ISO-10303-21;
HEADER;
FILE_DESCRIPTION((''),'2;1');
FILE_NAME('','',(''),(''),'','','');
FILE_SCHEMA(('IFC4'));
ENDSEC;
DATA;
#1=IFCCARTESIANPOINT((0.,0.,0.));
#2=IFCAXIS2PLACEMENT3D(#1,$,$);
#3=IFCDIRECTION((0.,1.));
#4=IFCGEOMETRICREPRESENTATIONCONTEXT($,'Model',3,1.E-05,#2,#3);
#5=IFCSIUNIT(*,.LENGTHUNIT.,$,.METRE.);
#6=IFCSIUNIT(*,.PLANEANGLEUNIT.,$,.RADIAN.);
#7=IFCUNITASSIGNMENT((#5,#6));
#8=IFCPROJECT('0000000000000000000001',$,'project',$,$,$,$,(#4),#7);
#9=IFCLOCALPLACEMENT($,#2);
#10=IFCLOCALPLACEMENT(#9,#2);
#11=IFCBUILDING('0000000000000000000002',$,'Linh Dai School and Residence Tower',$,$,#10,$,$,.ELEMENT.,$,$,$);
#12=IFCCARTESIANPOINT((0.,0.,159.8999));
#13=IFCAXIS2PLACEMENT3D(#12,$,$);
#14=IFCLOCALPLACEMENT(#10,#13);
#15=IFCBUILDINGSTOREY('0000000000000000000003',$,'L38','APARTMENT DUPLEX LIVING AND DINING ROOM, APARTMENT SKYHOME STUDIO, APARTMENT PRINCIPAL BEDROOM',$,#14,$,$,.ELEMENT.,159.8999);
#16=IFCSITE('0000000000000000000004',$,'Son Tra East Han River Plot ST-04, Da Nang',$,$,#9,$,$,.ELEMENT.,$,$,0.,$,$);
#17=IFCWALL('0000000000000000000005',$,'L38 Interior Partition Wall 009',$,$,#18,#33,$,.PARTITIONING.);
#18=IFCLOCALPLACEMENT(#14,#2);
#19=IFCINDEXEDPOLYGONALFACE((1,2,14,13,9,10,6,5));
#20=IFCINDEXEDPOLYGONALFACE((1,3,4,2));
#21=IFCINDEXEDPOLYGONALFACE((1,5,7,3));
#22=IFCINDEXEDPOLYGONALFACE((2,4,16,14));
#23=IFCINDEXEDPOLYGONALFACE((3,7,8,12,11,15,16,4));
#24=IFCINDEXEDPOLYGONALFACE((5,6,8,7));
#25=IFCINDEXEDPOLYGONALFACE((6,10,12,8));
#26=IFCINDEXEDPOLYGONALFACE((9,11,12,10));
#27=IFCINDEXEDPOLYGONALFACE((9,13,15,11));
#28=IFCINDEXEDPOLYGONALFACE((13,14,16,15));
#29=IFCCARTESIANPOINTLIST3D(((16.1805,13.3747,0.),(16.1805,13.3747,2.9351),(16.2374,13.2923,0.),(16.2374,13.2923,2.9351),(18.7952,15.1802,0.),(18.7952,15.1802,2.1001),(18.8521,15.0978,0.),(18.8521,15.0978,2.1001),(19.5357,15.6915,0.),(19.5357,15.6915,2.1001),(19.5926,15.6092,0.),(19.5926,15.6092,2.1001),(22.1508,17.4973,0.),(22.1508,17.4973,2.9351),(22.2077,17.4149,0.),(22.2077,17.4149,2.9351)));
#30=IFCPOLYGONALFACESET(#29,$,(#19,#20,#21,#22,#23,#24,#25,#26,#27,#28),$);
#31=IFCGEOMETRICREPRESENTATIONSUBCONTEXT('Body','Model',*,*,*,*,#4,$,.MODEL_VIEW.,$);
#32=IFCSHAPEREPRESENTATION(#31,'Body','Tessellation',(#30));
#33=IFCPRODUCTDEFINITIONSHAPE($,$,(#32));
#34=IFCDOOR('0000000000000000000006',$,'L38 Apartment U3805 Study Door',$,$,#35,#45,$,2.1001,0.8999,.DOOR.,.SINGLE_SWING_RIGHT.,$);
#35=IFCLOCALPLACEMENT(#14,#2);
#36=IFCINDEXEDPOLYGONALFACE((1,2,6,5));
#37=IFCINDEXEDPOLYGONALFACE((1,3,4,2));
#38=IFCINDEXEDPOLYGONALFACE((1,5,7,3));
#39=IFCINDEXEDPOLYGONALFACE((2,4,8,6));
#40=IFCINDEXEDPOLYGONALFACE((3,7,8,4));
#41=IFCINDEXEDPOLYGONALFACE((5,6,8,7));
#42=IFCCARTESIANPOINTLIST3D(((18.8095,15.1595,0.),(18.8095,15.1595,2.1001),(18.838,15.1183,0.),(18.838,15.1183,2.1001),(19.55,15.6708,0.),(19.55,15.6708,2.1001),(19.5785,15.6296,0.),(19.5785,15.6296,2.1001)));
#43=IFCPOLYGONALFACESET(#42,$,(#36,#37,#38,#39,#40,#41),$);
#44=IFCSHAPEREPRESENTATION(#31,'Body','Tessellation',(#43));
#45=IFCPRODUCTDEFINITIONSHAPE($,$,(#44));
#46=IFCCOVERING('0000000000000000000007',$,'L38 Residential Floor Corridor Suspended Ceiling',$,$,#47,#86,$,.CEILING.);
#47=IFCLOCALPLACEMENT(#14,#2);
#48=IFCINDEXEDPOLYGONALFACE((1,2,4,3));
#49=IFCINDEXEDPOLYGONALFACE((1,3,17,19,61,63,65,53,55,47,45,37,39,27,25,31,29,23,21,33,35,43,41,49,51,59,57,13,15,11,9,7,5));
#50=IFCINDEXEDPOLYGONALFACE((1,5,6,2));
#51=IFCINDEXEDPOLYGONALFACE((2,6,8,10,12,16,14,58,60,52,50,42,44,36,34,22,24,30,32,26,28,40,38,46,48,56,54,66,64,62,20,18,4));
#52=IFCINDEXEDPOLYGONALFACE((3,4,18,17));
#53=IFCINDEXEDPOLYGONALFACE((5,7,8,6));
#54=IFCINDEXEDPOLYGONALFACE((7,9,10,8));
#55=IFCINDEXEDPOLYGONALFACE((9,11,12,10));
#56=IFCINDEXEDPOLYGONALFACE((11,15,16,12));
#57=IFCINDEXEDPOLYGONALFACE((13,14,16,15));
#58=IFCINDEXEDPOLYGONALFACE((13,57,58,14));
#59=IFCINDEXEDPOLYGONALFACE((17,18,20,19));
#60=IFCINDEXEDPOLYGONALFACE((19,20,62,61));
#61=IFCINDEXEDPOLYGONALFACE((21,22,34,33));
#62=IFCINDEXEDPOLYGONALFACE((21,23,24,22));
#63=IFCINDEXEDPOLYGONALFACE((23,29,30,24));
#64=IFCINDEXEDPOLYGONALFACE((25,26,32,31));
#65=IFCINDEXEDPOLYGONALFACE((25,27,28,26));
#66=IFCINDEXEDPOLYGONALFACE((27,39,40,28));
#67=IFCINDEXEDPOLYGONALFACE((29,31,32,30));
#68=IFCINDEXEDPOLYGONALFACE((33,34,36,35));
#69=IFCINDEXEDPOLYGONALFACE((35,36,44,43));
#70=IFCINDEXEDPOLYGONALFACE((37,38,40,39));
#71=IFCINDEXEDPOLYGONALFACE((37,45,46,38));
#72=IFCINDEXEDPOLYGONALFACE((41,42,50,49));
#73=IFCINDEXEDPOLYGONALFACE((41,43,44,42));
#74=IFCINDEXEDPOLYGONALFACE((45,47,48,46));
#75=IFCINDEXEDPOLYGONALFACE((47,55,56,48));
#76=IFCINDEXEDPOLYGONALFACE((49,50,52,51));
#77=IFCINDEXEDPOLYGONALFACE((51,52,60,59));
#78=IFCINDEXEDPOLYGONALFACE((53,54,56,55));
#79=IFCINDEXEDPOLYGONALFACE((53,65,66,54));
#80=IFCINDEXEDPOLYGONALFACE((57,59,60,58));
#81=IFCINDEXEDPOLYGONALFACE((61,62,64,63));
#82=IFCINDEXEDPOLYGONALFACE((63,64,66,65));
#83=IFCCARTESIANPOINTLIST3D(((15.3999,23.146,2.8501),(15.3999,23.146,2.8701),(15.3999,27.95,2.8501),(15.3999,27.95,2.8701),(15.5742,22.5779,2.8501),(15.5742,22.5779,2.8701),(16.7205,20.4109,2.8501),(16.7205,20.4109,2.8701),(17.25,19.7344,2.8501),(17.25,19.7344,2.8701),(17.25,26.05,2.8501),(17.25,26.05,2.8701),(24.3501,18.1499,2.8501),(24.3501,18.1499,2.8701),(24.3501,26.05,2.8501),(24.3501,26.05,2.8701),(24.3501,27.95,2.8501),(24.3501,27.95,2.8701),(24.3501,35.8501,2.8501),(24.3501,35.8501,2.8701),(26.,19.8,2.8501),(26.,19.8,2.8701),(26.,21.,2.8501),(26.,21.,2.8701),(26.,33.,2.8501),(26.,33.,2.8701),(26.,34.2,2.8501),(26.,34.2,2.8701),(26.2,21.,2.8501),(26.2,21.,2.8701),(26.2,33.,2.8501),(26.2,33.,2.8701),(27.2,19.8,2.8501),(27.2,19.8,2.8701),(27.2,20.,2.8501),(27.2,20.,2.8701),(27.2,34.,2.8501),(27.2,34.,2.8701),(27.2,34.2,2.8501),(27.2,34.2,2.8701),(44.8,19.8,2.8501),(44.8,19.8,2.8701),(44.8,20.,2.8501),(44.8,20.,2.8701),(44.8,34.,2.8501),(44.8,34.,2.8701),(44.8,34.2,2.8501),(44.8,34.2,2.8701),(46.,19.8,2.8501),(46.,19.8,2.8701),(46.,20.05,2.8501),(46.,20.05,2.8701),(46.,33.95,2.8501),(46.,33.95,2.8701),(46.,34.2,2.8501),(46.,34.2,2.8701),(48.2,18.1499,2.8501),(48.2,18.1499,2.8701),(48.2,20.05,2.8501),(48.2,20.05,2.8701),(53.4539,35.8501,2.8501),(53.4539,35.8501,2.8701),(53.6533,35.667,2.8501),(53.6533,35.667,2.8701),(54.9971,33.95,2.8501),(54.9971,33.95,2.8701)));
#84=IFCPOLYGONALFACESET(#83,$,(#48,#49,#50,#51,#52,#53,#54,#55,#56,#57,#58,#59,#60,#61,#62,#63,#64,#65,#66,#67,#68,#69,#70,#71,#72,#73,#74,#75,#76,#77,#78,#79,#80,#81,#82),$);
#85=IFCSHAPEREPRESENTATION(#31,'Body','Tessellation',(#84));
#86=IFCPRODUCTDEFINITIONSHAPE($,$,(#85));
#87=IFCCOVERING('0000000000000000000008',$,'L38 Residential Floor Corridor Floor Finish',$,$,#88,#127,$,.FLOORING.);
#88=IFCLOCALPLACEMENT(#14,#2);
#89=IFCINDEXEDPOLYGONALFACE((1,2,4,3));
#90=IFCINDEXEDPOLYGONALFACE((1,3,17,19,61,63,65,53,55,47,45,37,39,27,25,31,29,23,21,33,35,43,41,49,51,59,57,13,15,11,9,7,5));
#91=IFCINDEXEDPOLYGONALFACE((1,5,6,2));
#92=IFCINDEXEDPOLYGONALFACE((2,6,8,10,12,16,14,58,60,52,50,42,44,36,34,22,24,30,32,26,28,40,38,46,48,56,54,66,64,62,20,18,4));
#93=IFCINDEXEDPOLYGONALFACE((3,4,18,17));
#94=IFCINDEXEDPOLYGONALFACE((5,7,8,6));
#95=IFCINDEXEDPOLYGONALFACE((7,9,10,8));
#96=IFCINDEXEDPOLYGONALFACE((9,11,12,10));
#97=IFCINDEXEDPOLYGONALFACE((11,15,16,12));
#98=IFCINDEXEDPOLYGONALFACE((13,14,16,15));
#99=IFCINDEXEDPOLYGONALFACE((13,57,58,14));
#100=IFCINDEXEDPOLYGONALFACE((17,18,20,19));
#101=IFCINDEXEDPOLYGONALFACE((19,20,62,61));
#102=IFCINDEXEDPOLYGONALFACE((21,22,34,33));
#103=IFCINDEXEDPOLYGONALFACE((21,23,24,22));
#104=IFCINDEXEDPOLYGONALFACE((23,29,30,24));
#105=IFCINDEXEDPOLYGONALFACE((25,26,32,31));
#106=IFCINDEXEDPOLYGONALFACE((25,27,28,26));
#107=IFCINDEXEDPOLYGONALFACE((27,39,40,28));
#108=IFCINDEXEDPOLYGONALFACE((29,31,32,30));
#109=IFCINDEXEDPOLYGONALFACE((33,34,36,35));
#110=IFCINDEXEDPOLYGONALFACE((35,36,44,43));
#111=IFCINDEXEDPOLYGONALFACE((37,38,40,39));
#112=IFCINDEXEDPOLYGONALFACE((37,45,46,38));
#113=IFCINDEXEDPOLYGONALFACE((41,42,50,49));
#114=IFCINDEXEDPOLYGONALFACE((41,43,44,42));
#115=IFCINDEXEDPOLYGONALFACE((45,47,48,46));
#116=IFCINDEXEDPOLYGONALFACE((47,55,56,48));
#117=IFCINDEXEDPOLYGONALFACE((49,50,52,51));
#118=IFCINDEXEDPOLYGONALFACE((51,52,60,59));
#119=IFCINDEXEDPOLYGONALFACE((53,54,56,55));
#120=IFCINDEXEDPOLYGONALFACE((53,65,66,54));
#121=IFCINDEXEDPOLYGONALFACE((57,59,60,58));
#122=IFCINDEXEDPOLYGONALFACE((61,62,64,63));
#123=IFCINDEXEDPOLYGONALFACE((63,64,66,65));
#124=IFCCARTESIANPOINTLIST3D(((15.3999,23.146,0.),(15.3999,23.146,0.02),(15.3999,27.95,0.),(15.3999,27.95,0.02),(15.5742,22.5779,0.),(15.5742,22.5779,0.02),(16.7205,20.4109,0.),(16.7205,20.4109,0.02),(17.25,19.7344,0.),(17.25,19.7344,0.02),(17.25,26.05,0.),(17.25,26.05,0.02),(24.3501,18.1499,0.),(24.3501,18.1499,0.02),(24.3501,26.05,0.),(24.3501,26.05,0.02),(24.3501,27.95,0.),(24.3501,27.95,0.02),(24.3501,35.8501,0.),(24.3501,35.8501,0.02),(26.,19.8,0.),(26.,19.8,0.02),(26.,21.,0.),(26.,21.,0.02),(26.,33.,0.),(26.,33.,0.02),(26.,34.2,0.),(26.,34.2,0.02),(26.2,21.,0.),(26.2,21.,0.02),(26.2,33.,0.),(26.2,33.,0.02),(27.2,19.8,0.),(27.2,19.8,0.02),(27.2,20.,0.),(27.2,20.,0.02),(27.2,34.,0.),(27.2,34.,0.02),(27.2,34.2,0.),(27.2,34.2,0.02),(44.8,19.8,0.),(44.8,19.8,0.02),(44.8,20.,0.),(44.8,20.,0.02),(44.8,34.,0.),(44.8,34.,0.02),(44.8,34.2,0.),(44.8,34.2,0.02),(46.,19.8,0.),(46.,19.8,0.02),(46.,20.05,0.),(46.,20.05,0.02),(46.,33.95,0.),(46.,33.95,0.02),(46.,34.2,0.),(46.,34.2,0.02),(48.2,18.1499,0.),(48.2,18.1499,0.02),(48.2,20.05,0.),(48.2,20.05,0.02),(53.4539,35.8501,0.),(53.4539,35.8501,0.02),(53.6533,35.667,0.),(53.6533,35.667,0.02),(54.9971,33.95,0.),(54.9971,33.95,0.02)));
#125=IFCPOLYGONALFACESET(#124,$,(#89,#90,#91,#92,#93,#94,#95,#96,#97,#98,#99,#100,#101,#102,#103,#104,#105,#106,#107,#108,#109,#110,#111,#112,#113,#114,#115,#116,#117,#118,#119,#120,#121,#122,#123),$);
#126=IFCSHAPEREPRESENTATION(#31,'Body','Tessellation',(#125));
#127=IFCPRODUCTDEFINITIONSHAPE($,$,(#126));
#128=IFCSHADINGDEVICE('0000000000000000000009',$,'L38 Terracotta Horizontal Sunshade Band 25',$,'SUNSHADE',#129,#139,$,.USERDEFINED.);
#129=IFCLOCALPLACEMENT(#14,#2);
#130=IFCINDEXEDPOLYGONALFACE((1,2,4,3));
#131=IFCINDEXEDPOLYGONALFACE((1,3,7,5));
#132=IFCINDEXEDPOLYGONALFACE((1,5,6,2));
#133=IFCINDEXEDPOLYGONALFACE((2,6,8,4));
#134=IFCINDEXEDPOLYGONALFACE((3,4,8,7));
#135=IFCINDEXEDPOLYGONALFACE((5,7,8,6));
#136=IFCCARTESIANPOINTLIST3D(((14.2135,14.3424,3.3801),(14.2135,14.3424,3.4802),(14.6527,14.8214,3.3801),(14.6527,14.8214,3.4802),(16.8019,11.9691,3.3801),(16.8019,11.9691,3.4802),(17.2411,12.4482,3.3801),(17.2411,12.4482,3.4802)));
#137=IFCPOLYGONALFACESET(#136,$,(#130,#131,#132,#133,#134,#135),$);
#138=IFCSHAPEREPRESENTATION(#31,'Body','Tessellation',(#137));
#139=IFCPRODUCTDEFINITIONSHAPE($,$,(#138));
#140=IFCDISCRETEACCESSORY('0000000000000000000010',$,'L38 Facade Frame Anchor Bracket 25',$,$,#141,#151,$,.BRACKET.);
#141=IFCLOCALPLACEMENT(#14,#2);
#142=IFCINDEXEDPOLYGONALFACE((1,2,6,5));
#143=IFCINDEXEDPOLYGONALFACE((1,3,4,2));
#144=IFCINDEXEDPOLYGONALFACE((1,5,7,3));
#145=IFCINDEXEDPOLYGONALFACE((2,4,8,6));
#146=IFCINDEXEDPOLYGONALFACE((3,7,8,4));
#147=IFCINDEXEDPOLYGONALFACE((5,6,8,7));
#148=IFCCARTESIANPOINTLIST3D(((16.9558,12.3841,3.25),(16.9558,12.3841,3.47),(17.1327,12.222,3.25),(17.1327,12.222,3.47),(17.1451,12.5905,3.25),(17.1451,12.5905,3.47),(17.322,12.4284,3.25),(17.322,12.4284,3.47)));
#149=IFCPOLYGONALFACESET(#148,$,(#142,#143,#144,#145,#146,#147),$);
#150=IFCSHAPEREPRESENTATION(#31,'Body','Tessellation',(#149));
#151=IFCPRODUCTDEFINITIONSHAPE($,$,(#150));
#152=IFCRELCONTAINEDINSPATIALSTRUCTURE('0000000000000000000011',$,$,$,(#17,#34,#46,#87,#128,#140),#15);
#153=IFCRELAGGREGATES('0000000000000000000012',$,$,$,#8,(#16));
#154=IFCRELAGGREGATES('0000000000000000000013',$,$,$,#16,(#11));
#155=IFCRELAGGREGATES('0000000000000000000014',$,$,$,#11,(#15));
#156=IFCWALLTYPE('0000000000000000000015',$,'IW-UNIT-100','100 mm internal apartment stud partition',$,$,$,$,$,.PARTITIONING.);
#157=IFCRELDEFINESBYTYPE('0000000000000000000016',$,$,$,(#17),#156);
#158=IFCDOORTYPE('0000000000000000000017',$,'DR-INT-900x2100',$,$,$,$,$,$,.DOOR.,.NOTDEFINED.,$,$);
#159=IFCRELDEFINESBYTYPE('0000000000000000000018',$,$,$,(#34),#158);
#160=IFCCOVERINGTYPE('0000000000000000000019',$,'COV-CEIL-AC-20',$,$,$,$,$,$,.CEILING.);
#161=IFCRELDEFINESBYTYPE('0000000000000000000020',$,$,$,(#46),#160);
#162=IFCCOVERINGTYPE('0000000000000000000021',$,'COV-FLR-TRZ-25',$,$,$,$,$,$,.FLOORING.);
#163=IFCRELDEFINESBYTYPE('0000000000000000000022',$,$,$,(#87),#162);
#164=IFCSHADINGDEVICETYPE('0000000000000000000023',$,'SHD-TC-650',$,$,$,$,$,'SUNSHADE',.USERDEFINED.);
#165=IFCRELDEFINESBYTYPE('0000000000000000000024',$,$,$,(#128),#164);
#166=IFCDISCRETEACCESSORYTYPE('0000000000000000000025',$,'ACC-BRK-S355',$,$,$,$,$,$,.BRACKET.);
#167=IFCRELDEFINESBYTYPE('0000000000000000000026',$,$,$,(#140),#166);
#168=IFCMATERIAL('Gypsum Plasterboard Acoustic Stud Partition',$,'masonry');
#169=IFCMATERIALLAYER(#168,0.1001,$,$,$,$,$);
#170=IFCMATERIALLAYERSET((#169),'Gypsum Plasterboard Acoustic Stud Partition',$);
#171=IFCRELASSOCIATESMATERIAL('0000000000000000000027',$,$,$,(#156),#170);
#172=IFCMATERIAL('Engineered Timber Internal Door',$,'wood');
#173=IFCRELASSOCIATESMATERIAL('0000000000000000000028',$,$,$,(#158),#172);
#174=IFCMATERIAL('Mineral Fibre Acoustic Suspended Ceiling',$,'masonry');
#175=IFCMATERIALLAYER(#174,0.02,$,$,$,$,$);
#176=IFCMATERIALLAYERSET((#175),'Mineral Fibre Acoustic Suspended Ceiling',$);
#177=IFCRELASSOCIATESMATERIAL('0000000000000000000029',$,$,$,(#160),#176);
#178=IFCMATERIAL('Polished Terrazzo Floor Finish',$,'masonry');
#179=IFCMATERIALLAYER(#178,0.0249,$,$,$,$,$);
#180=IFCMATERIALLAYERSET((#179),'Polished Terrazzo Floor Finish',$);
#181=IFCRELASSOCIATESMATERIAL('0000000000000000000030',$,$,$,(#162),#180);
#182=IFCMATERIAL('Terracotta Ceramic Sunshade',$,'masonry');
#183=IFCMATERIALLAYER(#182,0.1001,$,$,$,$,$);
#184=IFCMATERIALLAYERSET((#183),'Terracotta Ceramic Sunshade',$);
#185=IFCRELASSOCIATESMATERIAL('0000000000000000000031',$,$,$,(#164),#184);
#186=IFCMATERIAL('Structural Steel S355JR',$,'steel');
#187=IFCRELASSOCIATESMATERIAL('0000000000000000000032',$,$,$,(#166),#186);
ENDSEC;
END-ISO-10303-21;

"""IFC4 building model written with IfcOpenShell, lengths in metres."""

from ifc_helpers import new_model, si_unit, direction, frame, frame_2d, origin, origin_2d, place, context, subcontext, project, spatial, polyline, rectangle, outline, extrude, source, transform, mapped, material, layer, layer_set, type_object, element, fill, save


model = new_model("IFC4")

# Units and contexts
model_context = context("Model", 3, precision=1e-05, world=origin(), true_north=direction((0.0, 1.0)))
body_context = subcontext(model_context, "Body", "Model", "MODEL_VIEW")
ifc_project = project(units=[si_unit("LENGTHUNIT", "METRE"), si_unit("PLANEANGLEUNIT", "RADIAN")], contexts=[model_context])

# Site, building, storey
site_placement = place(None, origin())
site = spatial("IfcSite", under=ifc_project, at=site_placement, Name="Son Tra East Han River Plot ST-04, Da Nang", CompositionType="ELEMENT", RefElevation=0.0)
building_placement = place(site_placement, origin())
building = spatial("IfcBuilding", under=site, at=building_placement, Name="Linh Dai School and Residence Tower", CompositionType="ELEMENT")
storey_placement = place(building_placement, frame((0.0, 0.0, 159.8999)))
storey = spatial("IfcBuildingStorey", under=building, at=storey_placement, Name="L38", Description="APARTMENT DUPLEX LIVING AND DINING ROOM, APARTMENT SKYHOME STUDIO, APARTMENT PRINCIPAL BEDROOM", CompositionType="ELEMENT", Elevation=159.8999)

# Shared definitions
ifc_material_1 = material(Name="Structural Steel S355JR", Category="steel")

# Shared definitions
ifc_material_2 = material(Name="Gypsum Plasterboard Acoustic Stud Partition", Category="masonry")
ifc_layer_1 = layer(ifc_material_2, 0.1001)
ifc_layer_set_1 = layer_set([ifc_layer_1], Name="Gypsum Plasterboard Acoustic Stud Partition")
wall_type_1 = type_object("IfcWallType", Name="IW-UNIT-100", Description="100 mm internal apartment stud partition", PredefinedType="PARTITIONING", material=ifc_layer_set_1)

# Wall, opening, door
wall_1_placement = place(storey_placement, frame((16.209, 13.3335, 0.0), z_axis=(0.0, 0.0, 1.0), x_axis=(0.82288, 0.568216, 0.0)))
wall_1 = element("IfcWall", 1, at=wall_1_placement, inside=storey, type_object=wall_type_1, Name="L38 Interior Partition Wall 009", PredefinedType="PARTITIONING", context=body_context, shape_type="SweptSolid", body=[
    extrude(rectangle(XDim=7.2554, YDim=0.1001, at=frame_2d((3.6277, 0.0))), origin(), (0.0, 0.0, 1.0), 2.9351),
])
opening_1_placement = place(wall_1_placement, frame((3.1775, 0.0, 0.0)))
opening_1 = element("IfcOpeningElement", 2, at=opening_1_placement, cuts=wall_1, PredefinedType="OPENING", context=body_context, shape_type="SweptSolid", body=[
    extrude(rectangle(XDim=0.8999, YDim=2.1001, at=origin_2d()), frame((0.45, 0.0601, 1.05), z_axis=(0.0, -1.0, 0.0), x_axis=(1.0, 0.0, 0.0)), (0.0, 0.0, 1.0), 0.1201),
])
ifc_material_3 = material(Name="Engineered Timber Internal Door", Category="wood")
door_type = type_object("IfcDoorType", Name="DR-INT-900x2100", OperationType="NOTDEFINED", PredefinedType="DOOR", material=ifc_material_3)
shared_shape_1 = source(origin(), body_context, "Body", "SweptSolid", [
    extrude(rectangle(XDim=0.8999, YDim=2.1001, at=origin_2d()), frame((0.45, 0.0249, 1.05), z_axis=(0.0, -1.0, 0.0), x_axis=(1.0, 0.0, 0.0)), (0.0, 0.0, 1.0), 0.05),
])
door_placement = place(opening_1_placement, origin())
door = element("IfcDoor", 3, at=door_placement, inside=storey, type_object=door_type, Name="L38 Apartment U3805 Study Door", OperationType="SINGLE_SWING_RIGHT", OverallHeight=2.1001, OverallWidth=0.8999, PredefinedType="DOOR", context=body_context, shape_type="MappedRepresentation", body=[
    mapped(shared_shape_1, transform((0.0, 0.0, 0.0), x_axis=(1.0, 0.0, 0.0), y_axis=(0.0, 1.0, 0.0), z_axis=(0.0, 0.0, 1.0), scale=1.0)),
])
fill(opening_1, door)

# Coverings
ifc_material_4 = material(Name="Mineral Fibre Acoustic Suspended Ceiling", Category="masonry")
ifc_layer_2 = layer(ifc_material_4, 0.02)
ifc_layer_set_2 = layer_set([ifc_layer_2], Name="Mineral Fibre Acoustic Suspended Ceiling")
covering_type_1 = type_object("IfcCoveringType", Name="COV-CEIL-AC-20", PredefinedType="CEILING", material=ifc_layer_set_2)
covering_1_placement = place(storey_placement, frame((0.0, 0.0, 2.8501)))
element("IfcCovering", 4, at=covering_1_placement, inside=storey, type_object=covering_type_1, Name="L38 Residential Floor Corridor Suspended Ceiling", PredefinedType="CEILING", context=body_context, shape_type="SweptSolid", body=[
    extrude(outline(polyline([(17.25, 19.7344), (16.7205, 20.4109), (15.5742, 22.5779), (15.3999, 23.146), (15.3999, 27.95), (24.3501, 27.95), (24.3501, 35.8501), (53.4539, 35.8501), (53.6533, 35.667), (54.9971, 33.95), (46.0, 33.95), (46.0, 34.2), (44.8, 34.2), (44.8, 34.0), (27.2, 34.0), (27.2, 34.2), (26.0, 34.2), (26.0, 33.0), (26.2, 33.0), (26.2, 21.0), (26.0, 21.0), (26.0, 19.8), (27.2, 19.8), (27.2, 20.0), (44.8, 20.0), (44.8, 19.8), (46.0, 19.8), (46.0, 20.05), (48.2, 20.05), (48.2, 18.1499), (24.3501, 18.1499), (24.3501, 26.05), (17.25, 26.05), (17.25, 19.7344)])), origin(), (0.0, 0.0, 1.0), 0.02),
])
ifc_material_5 = material(Name="Polished Terrazzo Floor Finish", Category="masonry")
ifc_layer_3 = layer(ifc_material_5, 0.0249)
ifc_layer_set_3 = layer_set([ifc_layer_3], Name="Polished Terrazzo Floor Finish")
covering_type_2 = type_object("IfcCoveringType", Name="COV-FLR-TRZ-25", PredefinedType="FLOORING", material=ifc_layer_set_3)
covering_2_placement = place(storey_placement, origin())
element("IfcCovering", 5, at=covering_2_placement, inside=storey, type_object=covering_type_2, Name="L38 Residential Floor Corridor Floor Finish", PredefinedType="FLOORING", context=body_context, shape_type="SweptSolid", body=[
    extrude(outline(polyline([(17.25, 19.7344), (16.7205, 20.4109), (15.5742, 22.5779), (15.3999, 23.146), (15.3999, 27.95), (24.3501, 27.95), (24.3501, 35.8501), (53.4539, 35.8501), (53.6533, 35.667), (54.9971, 33.95), (46.0, 33.95), (46.0, 34.2), (44.8, 34.2), (44.8, 34.0), (27.2, 34.0), (27.2, 34.2), (26.0, 34.2), (26.0, 33.0), (26.2, 33.0), (26.2, 21.0), (26.0, 21.0), (26.0, 19.8), (27.2, 19.8), (27.2, 20.0), (44.8, 20.0), (44.8, 19.8), (46.0, 19.8), (46.0, 20.05), (48.2, 20.05), (48.2, 18.1499), (24.3501, 18.1499), (24.3501, 26.05), (17.25, 26.05), (17.25, 19.7344)])), origin(), (0.0, 0.0, 1.0), 0.02),
])

# Shading device
ifc_material_6 = material(Name="Terracotta Ceramic Sunshade", Category="masonry")
ifc_layer_4 = layer(ifc_material_6, 0.1001)
ifc_layer_set_4 = layer_set([ifc_layer_4], Name="Terracotta Ceramic Sunshade")
shading_device_type = type_object("IfcShadingDeviceType", Name="SHD-TC-650", ElementType="SUNSHADE", PredefinedType="USERDEFINED", material=ifc_layer_set_4)
shared_shape_2 = source(origin(), body_context, "Body", "SweptSolid", [
    extrude(rectangle(XDim=3.5117, YDim=0.6499, at=origin_2d()), origin(), (0.0, 0.0, 1.0), 0.1001),
])
shading_device_placement = place(storey_placement, frame((15.7273, 13.3953, 3.3801), z_axis=(0.0, 0.0, 1.0), x_axis=(-0.737085, 0.6758, 0.0)))
element("IfcShadingDevice", 6, at=shading_device_placement, inside=storey, type_object=shading_device_type, Name="L38 Terracotta Horizontal Sunshade Band 25", ObjectType="SUNSHADE", PredefinedType="USERDEFINED", context=body_context, shape_type="MappedRepresentation", body=[
    mapped(shared_shape_2, transform((0.0, 0.0, 0.0), x_axis=(1.0, 0.0, 0.0), y_axis=(0.0, 1.0, 0.0), z_axis=(0.0, 0.0, 1.0), scale=1.0)),
])

# Discrete accessory
discrete_accessory_type = type_object("IfcDiscreteAccessoryType", Name="ACC-BRK-S355", PredefinedType="BRACKET", material=ifc_material_1)
shared_shape_3 = source(origin(), body_context, "Body", "SweptSolid", [
    extrude(rectangle(XDim=0.28, YDim=0.24, at=origin_2d()), origin(), (0.0, 0.0, 1.0), 0.22),
])
discrete_accessory_placement = place(storey_placement, frame((17.1389, 12.4062, 3.25), z_axis=(0.0, 0.0, 1.0), x_axis=(-0.6758, -0.737085, 0.0)))
element("IfcDiscreteAccessory", 7, at=discrete_accessory_placement, inside=storey, type_object=discrete_accessory_type, Name="L38 Facade Frame Anchor Bracket 25", PredefinedType="BRACKET", context=body_context, shape_type="MappedRepresentation", body=[
    mapped(shared_shape_3, transform((0.0, 0.0, 0.0), x_axis=(1.0, 0.0, 0.0), y_axis=(0.0, 1.0, 0.0), z_axis=(0.0, 0.0, 1.0), scale=1.0)),
])

save(model, "model.ifc")
